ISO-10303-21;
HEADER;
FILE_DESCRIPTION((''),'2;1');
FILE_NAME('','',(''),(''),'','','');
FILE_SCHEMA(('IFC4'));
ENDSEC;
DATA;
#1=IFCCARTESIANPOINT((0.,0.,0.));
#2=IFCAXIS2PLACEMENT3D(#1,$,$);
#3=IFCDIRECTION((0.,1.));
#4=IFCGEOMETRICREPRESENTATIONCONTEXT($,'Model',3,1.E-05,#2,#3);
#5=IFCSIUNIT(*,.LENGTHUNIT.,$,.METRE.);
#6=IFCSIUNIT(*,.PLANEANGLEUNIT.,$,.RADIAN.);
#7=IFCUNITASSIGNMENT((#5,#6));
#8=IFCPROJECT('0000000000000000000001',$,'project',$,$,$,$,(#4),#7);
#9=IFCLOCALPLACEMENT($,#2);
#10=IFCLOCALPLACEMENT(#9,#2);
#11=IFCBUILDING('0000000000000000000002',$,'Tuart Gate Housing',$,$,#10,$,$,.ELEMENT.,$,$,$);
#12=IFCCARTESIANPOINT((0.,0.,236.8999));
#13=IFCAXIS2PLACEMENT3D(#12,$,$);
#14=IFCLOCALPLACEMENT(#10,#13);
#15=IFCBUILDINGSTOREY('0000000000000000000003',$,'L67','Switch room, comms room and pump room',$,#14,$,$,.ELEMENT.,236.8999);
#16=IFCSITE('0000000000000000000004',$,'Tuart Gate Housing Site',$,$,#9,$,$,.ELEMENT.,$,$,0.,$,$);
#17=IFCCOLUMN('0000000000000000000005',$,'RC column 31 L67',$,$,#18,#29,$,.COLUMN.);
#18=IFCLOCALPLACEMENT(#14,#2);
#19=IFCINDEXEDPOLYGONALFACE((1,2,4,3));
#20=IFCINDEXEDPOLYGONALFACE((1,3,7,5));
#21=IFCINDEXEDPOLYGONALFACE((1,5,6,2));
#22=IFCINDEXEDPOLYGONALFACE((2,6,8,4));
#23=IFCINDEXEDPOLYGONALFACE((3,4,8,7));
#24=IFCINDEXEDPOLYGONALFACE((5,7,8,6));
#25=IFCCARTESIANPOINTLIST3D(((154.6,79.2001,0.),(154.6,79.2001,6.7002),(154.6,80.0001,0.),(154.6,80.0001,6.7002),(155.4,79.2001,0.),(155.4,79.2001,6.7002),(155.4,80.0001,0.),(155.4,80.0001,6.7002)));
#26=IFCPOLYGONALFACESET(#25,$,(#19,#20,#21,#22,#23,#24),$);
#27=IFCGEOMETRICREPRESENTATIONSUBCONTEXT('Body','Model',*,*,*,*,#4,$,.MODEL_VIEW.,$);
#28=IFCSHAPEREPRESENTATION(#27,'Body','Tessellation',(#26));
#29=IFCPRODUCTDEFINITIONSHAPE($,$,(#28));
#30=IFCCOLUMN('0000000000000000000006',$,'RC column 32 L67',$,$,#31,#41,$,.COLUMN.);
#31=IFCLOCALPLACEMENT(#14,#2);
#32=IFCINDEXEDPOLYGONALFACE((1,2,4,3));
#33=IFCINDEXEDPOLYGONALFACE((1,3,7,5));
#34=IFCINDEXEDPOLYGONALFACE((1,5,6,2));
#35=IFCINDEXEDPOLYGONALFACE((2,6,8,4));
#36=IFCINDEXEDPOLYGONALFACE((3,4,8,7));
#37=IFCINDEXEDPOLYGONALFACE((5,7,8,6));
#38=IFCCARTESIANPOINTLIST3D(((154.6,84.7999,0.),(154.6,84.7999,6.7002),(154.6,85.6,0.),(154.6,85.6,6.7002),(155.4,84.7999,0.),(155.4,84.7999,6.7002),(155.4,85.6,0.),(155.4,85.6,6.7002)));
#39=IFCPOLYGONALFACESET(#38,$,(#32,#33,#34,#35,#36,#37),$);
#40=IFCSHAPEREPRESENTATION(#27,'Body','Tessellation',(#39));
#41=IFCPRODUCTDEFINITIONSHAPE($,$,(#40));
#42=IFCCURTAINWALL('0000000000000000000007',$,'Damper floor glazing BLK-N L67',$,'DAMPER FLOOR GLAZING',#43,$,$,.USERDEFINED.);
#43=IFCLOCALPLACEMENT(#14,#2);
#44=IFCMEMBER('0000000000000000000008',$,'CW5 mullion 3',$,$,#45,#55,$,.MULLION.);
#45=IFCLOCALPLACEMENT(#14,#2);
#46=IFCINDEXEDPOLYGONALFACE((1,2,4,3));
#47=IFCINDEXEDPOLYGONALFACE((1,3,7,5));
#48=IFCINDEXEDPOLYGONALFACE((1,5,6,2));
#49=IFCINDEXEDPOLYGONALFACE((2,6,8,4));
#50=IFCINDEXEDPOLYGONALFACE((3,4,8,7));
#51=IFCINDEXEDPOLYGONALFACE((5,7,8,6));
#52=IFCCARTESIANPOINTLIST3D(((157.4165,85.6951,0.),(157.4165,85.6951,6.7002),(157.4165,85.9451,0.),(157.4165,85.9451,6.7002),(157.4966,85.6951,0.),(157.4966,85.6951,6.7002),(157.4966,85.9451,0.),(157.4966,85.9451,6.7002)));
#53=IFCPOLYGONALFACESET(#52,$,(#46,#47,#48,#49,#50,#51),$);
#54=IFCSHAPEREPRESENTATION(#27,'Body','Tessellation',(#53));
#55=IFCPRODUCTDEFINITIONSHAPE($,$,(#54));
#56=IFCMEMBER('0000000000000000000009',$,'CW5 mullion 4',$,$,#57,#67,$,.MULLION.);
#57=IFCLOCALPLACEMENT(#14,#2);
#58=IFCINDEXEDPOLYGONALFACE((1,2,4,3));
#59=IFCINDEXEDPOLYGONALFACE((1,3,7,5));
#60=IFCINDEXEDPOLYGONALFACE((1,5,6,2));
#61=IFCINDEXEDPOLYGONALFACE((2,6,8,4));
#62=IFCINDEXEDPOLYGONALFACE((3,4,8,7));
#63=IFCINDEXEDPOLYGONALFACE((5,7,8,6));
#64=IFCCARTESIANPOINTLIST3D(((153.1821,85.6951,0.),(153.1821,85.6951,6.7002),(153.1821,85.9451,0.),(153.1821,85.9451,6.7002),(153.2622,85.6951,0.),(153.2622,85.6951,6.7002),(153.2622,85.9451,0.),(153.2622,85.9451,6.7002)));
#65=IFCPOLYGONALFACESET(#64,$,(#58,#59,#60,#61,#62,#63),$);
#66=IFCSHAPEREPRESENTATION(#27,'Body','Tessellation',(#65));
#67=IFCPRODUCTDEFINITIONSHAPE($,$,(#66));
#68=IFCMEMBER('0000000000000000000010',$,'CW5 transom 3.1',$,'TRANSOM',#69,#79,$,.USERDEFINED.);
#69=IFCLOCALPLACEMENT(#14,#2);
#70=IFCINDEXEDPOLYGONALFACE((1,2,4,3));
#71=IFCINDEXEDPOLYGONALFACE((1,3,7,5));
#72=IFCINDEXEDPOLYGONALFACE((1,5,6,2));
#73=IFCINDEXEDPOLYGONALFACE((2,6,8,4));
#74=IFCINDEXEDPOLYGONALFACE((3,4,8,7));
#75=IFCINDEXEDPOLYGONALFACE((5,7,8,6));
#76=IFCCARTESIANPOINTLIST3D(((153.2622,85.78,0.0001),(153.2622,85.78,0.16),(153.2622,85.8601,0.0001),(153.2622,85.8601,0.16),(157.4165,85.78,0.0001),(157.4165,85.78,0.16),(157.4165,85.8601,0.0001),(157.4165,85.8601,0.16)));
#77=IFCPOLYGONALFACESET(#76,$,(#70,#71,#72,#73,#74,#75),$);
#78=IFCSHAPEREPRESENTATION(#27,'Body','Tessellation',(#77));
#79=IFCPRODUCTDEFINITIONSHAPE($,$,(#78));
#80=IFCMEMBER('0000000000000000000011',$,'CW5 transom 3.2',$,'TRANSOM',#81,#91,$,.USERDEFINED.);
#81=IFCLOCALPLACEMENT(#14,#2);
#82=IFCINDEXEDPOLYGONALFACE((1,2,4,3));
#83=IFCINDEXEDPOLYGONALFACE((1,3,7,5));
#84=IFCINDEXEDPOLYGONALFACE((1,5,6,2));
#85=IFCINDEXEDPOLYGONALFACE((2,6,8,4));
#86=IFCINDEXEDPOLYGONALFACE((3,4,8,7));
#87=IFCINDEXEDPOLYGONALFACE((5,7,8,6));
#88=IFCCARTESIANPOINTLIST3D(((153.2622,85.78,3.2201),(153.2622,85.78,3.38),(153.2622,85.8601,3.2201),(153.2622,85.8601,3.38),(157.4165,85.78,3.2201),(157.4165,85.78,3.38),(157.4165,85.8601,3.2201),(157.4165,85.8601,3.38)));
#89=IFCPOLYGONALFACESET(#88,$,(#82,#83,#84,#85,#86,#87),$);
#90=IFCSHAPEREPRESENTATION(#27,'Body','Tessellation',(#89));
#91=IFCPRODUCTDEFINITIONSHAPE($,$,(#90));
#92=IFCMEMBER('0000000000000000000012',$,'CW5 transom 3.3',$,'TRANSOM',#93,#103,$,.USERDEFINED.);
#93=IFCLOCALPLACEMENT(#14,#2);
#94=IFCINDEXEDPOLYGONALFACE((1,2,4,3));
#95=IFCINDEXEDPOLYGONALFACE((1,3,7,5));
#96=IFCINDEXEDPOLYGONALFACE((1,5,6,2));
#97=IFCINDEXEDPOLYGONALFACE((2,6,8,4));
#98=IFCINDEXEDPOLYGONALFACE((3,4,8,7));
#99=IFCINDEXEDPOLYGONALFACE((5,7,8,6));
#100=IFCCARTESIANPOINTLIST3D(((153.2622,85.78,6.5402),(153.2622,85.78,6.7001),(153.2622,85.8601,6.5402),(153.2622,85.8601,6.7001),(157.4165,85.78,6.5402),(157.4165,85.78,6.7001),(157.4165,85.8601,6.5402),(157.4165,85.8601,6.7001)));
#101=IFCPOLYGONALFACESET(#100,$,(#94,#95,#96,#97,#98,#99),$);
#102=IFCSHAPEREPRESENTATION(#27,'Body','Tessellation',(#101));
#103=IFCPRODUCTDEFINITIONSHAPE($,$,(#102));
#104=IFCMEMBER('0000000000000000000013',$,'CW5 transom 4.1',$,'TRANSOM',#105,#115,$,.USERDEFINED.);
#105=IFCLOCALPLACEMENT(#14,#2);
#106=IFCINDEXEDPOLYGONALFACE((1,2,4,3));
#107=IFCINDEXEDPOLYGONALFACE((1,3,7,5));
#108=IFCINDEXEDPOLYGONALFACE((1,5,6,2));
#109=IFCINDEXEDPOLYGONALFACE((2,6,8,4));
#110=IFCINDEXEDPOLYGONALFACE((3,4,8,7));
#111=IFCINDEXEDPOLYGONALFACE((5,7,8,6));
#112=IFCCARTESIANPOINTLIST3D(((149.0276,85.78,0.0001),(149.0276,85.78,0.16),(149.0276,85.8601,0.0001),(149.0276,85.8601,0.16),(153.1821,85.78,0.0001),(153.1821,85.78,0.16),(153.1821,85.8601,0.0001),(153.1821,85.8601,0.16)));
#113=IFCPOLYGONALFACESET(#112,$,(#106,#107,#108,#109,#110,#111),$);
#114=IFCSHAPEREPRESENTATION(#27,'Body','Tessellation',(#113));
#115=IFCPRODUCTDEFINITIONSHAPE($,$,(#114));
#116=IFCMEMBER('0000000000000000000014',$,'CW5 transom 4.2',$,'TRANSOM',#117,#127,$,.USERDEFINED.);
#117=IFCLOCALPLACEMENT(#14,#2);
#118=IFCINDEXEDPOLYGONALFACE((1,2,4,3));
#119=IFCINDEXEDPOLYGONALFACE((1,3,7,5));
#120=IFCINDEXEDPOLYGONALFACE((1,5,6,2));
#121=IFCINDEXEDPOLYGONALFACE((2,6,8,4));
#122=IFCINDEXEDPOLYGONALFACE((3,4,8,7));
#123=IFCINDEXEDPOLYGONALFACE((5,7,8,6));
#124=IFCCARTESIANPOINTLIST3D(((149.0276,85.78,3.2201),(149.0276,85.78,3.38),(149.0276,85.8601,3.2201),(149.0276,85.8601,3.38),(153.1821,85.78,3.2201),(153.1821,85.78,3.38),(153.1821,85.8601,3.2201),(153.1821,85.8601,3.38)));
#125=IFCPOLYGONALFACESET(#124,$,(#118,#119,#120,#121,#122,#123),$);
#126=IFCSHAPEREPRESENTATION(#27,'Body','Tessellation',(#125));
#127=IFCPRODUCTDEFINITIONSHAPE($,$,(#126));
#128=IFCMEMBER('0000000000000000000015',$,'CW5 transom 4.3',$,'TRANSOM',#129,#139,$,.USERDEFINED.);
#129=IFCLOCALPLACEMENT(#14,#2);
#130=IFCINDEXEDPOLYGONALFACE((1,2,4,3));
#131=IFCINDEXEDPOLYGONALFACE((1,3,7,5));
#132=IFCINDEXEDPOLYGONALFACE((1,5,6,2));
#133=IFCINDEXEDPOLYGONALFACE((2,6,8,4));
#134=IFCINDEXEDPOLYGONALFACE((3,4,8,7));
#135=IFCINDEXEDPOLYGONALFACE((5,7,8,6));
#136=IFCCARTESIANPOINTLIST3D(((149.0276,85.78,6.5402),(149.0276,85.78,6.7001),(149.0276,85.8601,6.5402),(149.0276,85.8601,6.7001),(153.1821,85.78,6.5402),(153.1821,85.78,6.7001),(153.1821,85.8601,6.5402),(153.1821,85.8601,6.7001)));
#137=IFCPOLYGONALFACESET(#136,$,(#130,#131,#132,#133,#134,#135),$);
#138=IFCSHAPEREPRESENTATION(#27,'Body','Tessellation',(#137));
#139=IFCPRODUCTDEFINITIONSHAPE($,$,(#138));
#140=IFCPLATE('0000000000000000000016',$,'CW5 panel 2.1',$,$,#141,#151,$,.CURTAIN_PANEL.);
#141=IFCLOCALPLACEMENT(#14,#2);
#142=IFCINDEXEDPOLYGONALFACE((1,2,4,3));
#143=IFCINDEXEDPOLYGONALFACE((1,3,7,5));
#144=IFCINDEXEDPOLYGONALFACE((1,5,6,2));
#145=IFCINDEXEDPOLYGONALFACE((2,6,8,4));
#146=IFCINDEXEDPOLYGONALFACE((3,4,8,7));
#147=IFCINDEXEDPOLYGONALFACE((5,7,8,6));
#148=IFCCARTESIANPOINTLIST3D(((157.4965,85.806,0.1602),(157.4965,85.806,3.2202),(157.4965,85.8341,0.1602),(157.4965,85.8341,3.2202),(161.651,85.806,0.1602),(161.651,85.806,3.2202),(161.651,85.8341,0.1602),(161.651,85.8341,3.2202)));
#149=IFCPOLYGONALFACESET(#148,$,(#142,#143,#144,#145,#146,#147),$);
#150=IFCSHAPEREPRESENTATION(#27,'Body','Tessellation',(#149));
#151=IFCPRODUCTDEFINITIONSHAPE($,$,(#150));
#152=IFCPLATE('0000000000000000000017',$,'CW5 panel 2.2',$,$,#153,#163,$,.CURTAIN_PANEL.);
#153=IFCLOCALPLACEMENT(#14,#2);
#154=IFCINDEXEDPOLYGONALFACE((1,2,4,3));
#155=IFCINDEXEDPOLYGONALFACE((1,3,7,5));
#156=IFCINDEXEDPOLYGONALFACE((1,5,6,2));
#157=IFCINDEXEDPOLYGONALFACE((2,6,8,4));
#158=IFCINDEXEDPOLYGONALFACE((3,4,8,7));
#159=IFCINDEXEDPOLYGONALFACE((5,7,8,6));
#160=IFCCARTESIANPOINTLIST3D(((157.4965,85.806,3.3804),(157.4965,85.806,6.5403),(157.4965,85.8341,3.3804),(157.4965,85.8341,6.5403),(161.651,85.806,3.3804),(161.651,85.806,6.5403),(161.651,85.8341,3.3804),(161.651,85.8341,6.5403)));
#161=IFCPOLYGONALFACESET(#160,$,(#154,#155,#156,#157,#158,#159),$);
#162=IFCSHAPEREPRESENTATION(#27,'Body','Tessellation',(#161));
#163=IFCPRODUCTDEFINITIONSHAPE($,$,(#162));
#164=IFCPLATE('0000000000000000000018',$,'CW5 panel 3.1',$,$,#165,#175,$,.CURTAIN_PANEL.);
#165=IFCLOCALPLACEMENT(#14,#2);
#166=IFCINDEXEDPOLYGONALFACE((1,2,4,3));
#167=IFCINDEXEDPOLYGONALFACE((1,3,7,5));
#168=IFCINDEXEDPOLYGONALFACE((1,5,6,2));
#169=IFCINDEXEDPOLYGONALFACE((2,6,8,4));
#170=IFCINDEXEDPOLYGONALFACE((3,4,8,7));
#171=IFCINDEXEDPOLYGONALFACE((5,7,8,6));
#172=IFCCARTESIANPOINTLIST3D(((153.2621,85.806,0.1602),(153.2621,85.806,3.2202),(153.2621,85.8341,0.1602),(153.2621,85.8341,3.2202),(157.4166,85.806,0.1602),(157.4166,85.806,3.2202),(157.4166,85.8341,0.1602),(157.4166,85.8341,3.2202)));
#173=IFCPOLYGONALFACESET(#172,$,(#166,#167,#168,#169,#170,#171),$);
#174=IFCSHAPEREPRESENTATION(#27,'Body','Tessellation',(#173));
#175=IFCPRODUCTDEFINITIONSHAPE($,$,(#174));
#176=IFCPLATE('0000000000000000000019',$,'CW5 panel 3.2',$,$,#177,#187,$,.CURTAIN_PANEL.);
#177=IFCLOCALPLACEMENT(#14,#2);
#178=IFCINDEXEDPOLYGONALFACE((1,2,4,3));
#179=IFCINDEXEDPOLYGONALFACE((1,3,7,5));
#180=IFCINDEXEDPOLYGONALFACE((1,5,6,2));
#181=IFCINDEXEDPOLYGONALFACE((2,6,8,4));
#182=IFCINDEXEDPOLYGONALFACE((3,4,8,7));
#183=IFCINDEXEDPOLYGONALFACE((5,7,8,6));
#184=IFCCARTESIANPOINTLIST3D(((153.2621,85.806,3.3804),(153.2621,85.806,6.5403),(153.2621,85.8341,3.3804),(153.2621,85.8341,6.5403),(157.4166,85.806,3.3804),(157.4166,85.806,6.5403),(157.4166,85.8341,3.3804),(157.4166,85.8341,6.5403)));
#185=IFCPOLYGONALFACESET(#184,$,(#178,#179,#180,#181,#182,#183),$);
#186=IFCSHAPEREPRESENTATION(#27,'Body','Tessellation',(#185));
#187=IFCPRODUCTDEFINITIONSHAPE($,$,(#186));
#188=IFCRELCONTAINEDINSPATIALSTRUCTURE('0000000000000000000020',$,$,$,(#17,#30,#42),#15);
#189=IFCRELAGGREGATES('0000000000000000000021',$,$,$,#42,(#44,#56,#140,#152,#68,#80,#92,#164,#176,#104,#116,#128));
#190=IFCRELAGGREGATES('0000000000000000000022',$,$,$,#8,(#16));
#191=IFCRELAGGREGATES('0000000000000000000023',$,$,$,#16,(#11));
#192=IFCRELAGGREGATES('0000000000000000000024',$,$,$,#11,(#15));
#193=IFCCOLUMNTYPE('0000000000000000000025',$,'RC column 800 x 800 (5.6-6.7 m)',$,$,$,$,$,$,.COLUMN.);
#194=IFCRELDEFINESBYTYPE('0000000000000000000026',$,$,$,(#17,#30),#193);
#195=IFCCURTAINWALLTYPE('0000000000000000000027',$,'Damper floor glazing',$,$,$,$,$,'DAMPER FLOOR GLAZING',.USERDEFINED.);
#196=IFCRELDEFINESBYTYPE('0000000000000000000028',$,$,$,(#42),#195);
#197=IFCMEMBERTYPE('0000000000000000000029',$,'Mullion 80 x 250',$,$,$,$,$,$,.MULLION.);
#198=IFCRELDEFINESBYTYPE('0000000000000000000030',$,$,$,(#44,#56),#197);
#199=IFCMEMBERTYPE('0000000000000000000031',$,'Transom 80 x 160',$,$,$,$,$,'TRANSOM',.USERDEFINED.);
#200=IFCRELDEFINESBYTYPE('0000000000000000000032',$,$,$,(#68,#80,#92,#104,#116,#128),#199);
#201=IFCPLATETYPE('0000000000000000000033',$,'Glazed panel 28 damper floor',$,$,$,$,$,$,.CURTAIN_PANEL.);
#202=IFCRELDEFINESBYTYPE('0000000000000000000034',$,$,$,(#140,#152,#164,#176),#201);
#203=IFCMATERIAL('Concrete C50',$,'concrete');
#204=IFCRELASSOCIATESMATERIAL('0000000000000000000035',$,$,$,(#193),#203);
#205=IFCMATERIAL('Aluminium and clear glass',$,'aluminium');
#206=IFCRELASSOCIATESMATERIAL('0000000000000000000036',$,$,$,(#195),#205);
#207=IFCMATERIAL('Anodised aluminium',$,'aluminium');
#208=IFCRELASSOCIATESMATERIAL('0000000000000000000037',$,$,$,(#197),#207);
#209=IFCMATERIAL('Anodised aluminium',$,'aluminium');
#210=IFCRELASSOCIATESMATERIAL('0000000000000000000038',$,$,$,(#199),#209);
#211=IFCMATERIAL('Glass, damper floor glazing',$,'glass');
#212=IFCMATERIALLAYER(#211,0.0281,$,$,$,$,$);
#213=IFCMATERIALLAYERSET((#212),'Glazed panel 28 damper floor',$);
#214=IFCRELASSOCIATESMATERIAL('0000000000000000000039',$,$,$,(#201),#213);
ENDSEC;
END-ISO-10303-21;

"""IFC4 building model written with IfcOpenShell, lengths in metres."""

from ifc_helpers import new_model, si_unit, direction, frame, origin, origin_2d, place, context, subcontext, project, spatial, rectangle, extrude, material, layer, layer_set, material_profile, profile_set, type_object, element, aggregate, save


model = new_model("IFC4")

# Units and contexts
model_context = context("Model", 3, precision=1e-05, world=origin(), true_north=direction((0.0, 1.0)))
body_context = subcontext(model_context, "Body", "Model", "MODEL_VIEW")
ifc_project = project(units=[si_unit("LENGTHUNIT", "METRE"), si_unit("PLANEANGLEUNIT", "RADIAN")], contexts=[model_context])

# Site, building, storey
site_placement = place(None, origin())
site = spatial("IfcSite", under=ifc_project, at=site_placement, Name="Tuart Gate Housing Site", CompositionType="ELEMENT", RefElevation=0.0)
building_placement = place(site_placement, origin())
building = spatial("IfcBuilding", under=site, at=building_placement, Name="Tuart Gate Housing", CompositionType="ELEMENT")
storey_placement = place(building_placement, frame((0.0, 0.0, 236.8999)))
storey = spatial("IfcBuildingStorey", under=building, at=storey_placement, Name="L67", Description="Switch room, comms room and pump room", CompositionType="ELEMENT", Elevation=236.8999)

# Columns
ifc_material_1 = material(Name="Concrete C50", Category="concrete")
ifc_material_profile_1 = material_profile(ifc_material_1, rectangle(XDim=0.8, YDim=0.8, at=origin_2d()), Name="RC column 800 x 800 (5.6-6.7 m)")
ifc_profile_set_1 = profile_set([ifc_material_profile_1], Name="Concrete C50")
column_type = type_object("IfcColumnType", Name="RC column 800 x 800 (5.6-6.7 m)", PredefinedType="COLUMN", material=ifc_profile_set_1)
for number, where, z_axis, x_axis, name in (
    (1, (155.0, 79.6001, 0.0), (0.0, 0.0, 1.0), (1.0, 0.0, 0.0), "RC column 31 L67"),
    (2, (155.0, 85.2, 0.0), (0.0, 0.0, 1.0), (1.0, 0.0, 0.0), "RC column 32 L67"),
):
    element("IfcColumn", number, at=place(storey_placement, frame(where, z_axis=z_axis, x_axis=x_axis)), inside=storey, type_object=column_type, Name=name, PredefinedType="COLUMN", context=body_context, shape_type="SweptSolid", body=[
        extrude(rectangle(XDim=0.8, YDim=0.8, at=origin_2d()), origin(), (0.0, 0.0, 1.0), 6.7002),
    ])

# Curtain wall, members, plates
ifc_material_2 = material(Name="Aluminium and clear glass", Category="aluminium")
curtain_wall_type = type_object("IfcCurtainWallType", Name="Damper floor glazing", ElementType="DAMPER FLOOR GLAZING", PredefinedType="USERDEFINED", material=ifc_material_2)
curtain_wall_placement = place(storey_placement, origin())
curtain_wall = element("IfcCurtainWall", 3, at=curtain_wall_placement, inside=storey, type_object=curtain_wall_type, Name="Damper floor glazing BLK-N L67", ObjectType="DAMPER FLOOR GLAZING", PredefinedType="USERDEFINED")
ifc_material_3 = material(Name="Anodised aluminium", Category="aluminium")
ifc_material_profile_2 = material_profile(ifc_material_3, rectangle(XDim=0.0801, YDim=0.25, at=origin_2d()), Name="80x250")
ifc_profile_set_2 = profile_set([ifc_material_profile_2], Name="Anodised aluminium")
member_type_1 = type_object("IfcMemberType", Name="Mullion 80 x 250", PredefinedType="MULLION", material=ifc_profile_set_2)
member_1_placement = place(storey_placement, frame((157.4565, 85.8201, 0.0), z_axis=(0.0, 0.0, 1.0), x_axis=(-1.0, 0.0, 0.0)))
member_1 = element("IfcMember", 4, at=member_1_placement, type_object=member_type_1, Name="CW5 mullion 3", PredefinedType="MULLION", context=body_context, shape_type="SweptSolid", body=[
    extrude(rectangle(XDim=0.0801, YDim=0.25, at=origin_2d()), origin(), (0.0, 0.0, 1.0), 6.7002),
])
member_2_placement = place(storey_placement, frame((153.2222, 85.8201, 0.0), z_axis=(0.0, 0.0, 1.0), x_axis=(-1.0, 0.0, 0.0)))
member_2 = element("IfcMember", 5, at=member_2_placement, type_object=member_type_1, Name="CW5 mullion 4", PredefinedType="MULLION", context=body_context, shape_type="SweptSolid", body=[
    extrude(rectangle(XDim=0.0801, YDim=0.25, at=origin_2d()), origin(), (0.0, 0.0, 1.0), 6.7002),
])
ifc_material_4 = material(Name="Anodised aluminium", Category="aluminium")
ifc_material_profile_3 = material_profile(ifc_material_4, rectangle(XDim=0.0801, YDim=0.1599, at=origin_2d()), Name="80x160")
ifc_profile_set_3 = profile_set([ifc_material_profile_3], Name="Anodised aluminium")
member_type_2 = type_object("IfcMemberType", Name="Transom 80 x 160", ElementType="TRANSOM", PredefinedType="USERDEFINED", material=ifc_profile_set_3)
member_3_placement = place(storey_placement, frame((157.4165, 85.8201, 0.0801), z_axis=(-1.0, 0.0, 0.0), x_axis=(0.0, -1.0, 0.0)))
member_3 = element("IfcMember", 6, at=member_3_placement, type_object=member_type_2, Name="CW5 transom 3.1", ObjectType="TRANSOM", PredefinedType="USERDEFINED", context=body_context, shape_type="SweptSolid", body=[
    extrude(rectangle(XDim=0.0801, YDim=0.1599, at=origin_2d()), origin(), (0.0, 0.0, 1.0), 4.1543),
])
member_4_placement = place(storey_placement, frame((157.4165, 85.8201, 3.3), z_axis=(-1.0, 0.0, 0.0), x_axis=(0.0, -1.0, 0.0)))
member_4 = element("IfcMember", 7, at=member_4_placement, type_object=member_type_2, Name="CW5 transom 3.2", ObjectType="TRANSOM", PredefinedType="USERDEFINED", context=body_context, shape_type="SweptSolid", body=[
    extrude(rectangle(XDim=0.0801, YDim=0.1599, at=origin_2d()), origin(), (0.0, 0.0, 1.0), 4.1543),
])
member_5_placement = place(storey_placement, frame((157.4165, 85.8201, 6.6201), z_axis=(-1.0, 0.0, 0.0), x_axis=(0.0, -1.0, 0.0)))
member_5 = element("IfcMember", 8, at=member_5_placement, type_object=member_type_2, Name="CW5 transom 3.3", ObjectType="TRANSOM", PredefinedType="USERDEFINED", context=body_context, shape_type="SweptSolid", body=[
    extrude(rectangle(XDim=0.0801, YDim=0.1599, at=origin_2d()), origin(), (0.0, 0.0, 1.0), 4.1543),
])
member_6_placement = place(storey_placement, frame((153.1821, 85.8201, 0.0801), z_axis=(-1.0, 0.0, 0.0), x_axis=(0.0, -1.0, 0.0)))
member_6 = element("IfcMember", 9, at=member_6_placement, type_object=member_type_2, Name="CW5 transom 4.1", ObjectType="TRANSOM", PredefinedType="USERDEFINED", context=body_context, shape_type="SweptSolid", body=[
    extrude(rectangle(XDim=0.0801, YDim=0.1599, at=origin_2d()), origin(), (0.0, 0.0, 1.0), 4.1545),
])
member_7_placement = place(storey_placement, frame((153.1821, 85.8201, 3.3), z_axis=(-1.0, 0.0, 0.0), x_axis=(0.0, -1.0, 0.0)))
member_7 = element("IfcMember", 10, at=member_7_placement, type_object=member_type_2, Name="CW5 transom 4.2", ObjectType="TRANSOM", PredefinedType="USERDEFINED", context=body_context, shape_type="SweptSolid", body=[
    extrude(rectangle(XDim=0.0801, YDim=0.1599, at=origin_2d()), origin(), (0.0, 0.0, 1.0), 4.1545),
])
member_8_placement = place(storey_placement, frame((153.1821, 85.8201, 6.6201), z_axis=(-1.0, 0.0, 0.0), x_axis=(0.0, -1.0, 0.0)))
member_8 = element("IfcMember", 11, at=member_8_placement, type_object=member_type_2, Name="CW5 transom 4.3", ObjectType="TRANSOM", PredefinedType="USERDEFINED", context=body_context, shape_type="SweptSolid", body=[
    extrude(rectangle(XDim=0.0801, YDim=0.1599, at=origin_2d()), origin(), (0.0, 0.0, 1.0), 4.1545),
])
ifc_material_5 = material(Name="Glass, damper floor glazing", Category="glass")
ifc_layer_1 = layer(ifc_material_5, 0.0281)
ifc_layer_set_1 = layer_set([ifc_layer_1], Name="Glazed panel 28 damper floor")
plate_type = type_object("IfcPlateType", Name="Glazed panel 28 damper floor", PredefinedType="CURTAIN_PANEL", material=ifc_layer_set_1)
plate_1_placement = place(storey_placement, frame((159.5737, 85.8201, 0.1602), z_axis=(0.0, 0.0, 1.0), x_axis=(-1.0, 0.0, 0.0)))
plate_1 = element("IfcPlate", 12, at=plate_1_placement, type_object=plate_type, Name="CW5 panel 2.1", PredefinedType="CURTAIN_PANEL", context=body_context, shape_type="SweptSolid", body=[
    extrude(rectangle(XDim=4.1545, YDim=0.0281, at=origin_2d()), origin(), (0.0, 0.0, 1.0), 3.0601),
])
plate_2_placement = place(storey_placement, frame((159.5737, 85.8201, 3.3804), z_axis=(0.0, 0.0, 1.0), x_axis=(-1.0, 0.0, 0.0)))
plate_2 = element("IfcPlate", 13, at=plate_2_placement, type_object=plate_type, Name="CW5 panel 2.2", PredefinedType="CURTAIN_PANEL", context=body_context, shape_type="SweptSolid", body=[
    extrude(rectangle(XDim=4.1545, YDim=0.0281, at=origin_2d()), origin(), (0.0, 0.0, 1.0), 3.1599),
])
plate_3_placement = place(storey_placement, frame((155.3394, 85.8201, 0.1602), z_axis=(0.0, 0.0, 1.0), x_axis=(-1.0, 0.0, 0.0)))
plate_3 = element("IfcPlate", 14, at=plate_3_placement, type_object=plate_type, Name="CW5 panel 3.1", PredefinedType="CURTAIN_PANEL", context=body_context, shape_type="SweptSolid", body=[
    extrude(rectangle(XDim=4.1545, YDim=0.0281, at=origin_2d()), origin(), (0.0, 0.0, 1.0), 3.0601),
])
plate_4_placement = place(storey_placement, frame((155.3394, 85.8201, 3.3804), z_axis=(0.0, 0.0, 1.0), x_axis=(-1.0, 0.0, 0.0)))
plate_4 = element("IfcPlate", 15, at=plate_4_placement, type_object=plate_type, Name="CW5 panel 3.2", PredefinedType="CURTAIN_PANEL", context=body_context, shape_type="SweptSolid", body=[
    extrude(rectangle(XDim=4.1545, YDim=0.0281, at=origin_2d()), origin(), (0.0, 0.0, 1.0), 3.1599),
])
aggregate(curtain_wall, [member_1, member_2, plate_1, plate_2, member_3, member_4, member_5, plate_3, plate_4, member_6, member_7, member_8])

save(model, "model.ifc")
